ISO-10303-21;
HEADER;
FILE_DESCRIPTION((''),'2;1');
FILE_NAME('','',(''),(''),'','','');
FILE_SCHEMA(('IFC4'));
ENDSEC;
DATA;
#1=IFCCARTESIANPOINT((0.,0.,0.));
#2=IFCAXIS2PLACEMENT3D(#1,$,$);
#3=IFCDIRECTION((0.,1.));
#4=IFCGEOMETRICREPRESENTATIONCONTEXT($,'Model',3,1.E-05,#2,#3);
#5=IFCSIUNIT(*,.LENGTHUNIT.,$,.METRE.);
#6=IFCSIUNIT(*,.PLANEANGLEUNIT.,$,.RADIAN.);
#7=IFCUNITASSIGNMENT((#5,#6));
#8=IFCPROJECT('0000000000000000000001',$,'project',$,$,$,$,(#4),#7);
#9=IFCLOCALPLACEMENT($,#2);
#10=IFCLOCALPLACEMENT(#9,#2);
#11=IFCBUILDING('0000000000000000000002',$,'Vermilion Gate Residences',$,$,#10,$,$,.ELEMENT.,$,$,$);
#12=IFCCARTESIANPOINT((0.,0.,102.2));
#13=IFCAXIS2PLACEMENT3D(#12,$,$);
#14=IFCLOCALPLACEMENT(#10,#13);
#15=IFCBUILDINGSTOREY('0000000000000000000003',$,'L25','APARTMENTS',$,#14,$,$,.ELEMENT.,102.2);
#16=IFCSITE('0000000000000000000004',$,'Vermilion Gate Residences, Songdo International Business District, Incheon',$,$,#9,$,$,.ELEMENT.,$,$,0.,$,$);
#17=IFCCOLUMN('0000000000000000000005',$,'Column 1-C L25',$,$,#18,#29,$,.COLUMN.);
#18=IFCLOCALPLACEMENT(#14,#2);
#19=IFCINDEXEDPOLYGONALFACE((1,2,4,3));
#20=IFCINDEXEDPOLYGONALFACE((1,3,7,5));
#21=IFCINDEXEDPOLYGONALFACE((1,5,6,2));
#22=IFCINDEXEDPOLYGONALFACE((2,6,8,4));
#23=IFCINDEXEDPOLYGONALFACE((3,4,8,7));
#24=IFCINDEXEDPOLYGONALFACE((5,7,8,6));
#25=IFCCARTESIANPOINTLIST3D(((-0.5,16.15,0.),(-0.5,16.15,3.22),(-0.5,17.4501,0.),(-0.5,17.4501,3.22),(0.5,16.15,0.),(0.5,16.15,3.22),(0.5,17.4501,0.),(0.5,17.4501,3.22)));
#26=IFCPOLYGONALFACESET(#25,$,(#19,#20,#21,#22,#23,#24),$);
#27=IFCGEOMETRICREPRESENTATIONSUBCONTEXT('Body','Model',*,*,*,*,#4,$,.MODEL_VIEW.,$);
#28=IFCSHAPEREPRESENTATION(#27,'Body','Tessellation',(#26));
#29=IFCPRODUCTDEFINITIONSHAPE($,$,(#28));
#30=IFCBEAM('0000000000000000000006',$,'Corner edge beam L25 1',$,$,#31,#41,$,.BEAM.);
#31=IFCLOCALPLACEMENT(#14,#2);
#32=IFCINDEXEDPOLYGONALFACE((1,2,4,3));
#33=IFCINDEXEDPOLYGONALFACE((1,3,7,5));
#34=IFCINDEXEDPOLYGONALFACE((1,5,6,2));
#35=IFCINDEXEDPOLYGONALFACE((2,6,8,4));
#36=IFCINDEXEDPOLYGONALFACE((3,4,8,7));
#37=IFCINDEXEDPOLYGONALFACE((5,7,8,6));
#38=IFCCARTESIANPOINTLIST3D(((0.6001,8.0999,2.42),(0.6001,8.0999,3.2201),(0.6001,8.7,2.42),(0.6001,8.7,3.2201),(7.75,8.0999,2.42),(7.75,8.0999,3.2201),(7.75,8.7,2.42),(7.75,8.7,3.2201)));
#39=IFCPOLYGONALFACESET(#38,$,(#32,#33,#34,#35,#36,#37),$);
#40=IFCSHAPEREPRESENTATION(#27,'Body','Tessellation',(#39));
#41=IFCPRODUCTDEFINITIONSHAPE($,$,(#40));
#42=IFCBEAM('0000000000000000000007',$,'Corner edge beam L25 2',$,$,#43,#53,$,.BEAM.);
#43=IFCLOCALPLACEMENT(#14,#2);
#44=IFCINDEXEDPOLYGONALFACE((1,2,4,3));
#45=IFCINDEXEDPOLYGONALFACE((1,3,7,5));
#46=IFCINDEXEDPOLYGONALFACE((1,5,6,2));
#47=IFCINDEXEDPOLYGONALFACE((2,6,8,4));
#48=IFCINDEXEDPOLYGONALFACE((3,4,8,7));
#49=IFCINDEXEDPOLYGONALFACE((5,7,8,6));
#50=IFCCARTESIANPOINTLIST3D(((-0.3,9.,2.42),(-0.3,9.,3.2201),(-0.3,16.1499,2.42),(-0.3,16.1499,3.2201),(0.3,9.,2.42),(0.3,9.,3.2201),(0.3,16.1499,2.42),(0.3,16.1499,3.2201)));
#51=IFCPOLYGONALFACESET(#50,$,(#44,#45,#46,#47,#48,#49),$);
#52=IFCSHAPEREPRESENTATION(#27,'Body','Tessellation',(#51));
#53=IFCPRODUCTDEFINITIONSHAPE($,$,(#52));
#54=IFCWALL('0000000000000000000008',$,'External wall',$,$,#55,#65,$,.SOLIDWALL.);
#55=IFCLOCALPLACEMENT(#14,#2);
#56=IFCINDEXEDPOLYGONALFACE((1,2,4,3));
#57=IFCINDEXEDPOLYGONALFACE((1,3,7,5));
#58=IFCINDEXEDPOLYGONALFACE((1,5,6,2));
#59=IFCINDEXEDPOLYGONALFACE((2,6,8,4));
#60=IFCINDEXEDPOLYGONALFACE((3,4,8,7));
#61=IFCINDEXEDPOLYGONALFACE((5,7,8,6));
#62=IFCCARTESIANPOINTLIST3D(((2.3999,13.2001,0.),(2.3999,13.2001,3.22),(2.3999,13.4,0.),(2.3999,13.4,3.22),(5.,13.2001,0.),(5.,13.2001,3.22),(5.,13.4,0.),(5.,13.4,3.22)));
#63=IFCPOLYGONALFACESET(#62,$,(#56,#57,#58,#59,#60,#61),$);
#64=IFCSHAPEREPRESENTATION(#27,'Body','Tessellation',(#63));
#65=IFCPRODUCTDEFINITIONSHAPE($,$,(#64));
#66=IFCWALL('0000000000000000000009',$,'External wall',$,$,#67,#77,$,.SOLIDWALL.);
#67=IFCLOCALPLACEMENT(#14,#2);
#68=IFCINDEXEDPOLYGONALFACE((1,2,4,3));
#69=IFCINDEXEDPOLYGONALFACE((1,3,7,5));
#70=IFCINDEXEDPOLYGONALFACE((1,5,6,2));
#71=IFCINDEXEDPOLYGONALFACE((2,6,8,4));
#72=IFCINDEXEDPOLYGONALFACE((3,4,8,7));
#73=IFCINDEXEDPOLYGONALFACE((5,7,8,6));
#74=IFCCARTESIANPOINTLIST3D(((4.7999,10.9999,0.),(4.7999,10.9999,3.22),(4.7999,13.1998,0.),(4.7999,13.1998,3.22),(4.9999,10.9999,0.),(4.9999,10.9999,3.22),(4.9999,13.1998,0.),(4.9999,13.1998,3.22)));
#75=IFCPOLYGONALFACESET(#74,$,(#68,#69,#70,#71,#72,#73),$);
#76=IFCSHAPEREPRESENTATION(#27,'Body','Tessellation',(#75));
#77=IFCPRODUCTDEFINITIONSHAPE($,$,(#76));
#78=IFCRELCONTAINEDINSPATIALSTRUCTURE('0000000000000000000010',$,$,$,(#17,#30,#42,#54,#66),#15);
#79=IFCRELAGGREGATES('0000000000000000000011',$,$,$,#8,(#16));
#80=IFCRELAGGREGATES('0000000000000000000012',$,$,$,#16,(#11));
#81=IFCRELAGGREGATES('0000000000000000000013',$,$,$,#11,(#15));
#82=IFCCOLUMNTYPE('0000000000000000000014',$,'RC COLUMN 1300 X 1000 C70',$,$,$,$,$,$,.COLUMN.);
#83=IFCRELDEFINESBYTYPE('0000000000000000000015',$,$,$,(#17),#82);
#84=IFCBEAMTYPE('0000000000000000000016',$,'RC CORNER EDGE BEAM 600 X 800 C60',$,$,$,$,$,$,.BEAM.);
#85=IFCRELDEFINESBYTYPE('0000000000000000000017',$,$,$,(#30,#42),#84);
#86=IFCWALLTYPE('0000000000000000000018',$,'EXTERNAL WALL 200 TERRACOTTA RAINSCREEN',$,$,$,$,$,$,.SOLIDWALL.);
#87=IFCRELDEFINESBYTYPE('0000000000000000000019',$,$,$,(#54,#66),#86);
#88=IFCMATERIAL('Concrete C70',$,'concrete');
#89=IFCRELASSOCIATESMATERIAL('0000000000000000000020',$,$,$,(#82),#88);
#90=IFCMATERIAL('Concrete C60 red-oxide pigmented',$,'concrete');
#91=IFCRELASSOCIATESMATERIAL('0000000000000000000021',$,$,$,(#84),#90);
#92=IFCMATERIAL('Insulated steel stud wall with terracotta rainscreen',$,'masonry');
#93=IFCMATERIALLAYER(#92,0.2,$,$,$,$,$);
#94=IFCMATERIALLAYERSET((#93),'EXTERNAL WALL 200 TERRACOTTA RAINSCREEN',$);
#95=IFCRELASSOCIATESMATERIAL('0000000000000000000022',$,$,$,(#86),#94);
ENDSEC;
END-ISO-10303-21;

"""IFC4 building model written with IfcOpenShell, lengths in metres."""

from ifc_helpers import new_model, si_unit, direction, frame, frame_2d, origin, origin_2d, place, context, subcontext, project, spatial, rectangle, extrude, material, layer, layer_set, material_profile, profile_set, type_object, element, save


model = new_model("IFC4")

# Units and contexts
model_context = context("Model", 3, precision=1e-05, world=origin(), true_north=direction((0.0, 1.0)))
body_context = subcontext(model_context, "Body", "Model", "MODEL_VIEW")
ifc_project = project(units=[si_unit("LENGTHUNIT", "METRE"), si_unit("PLANEANGLEUNIT", "RADIAN")], contexts=[model_context])

# Site, building, storey
site_placement = place(None, origin())
site = spatial("IfcSite", under=ifc_project, at=site_placement, Name="Vermilion Gate Residences, Songdo International Business District, Incheon", CompositionType="ELEMENT", RefElevation=0.0)
building_placement = place(site_placement, origin())
building = spatial("IfcBuilding", under=site, at=building_placement, Name="Vermilion Gate Residences", CompositionType="ELEMENT")
storey_placement = place(building_placement, frame((0.0, 0.0, 102.2)))
storey = spatial("IfcBuildingStorey", under=building, at=storey_placement, Name="L25", Description="APARTMENTS", CompositionType="ELEMENT", Elevation=102.2)

# Column
ifc_material_1 = material(Name="Concrete C70", Category="concrete")
ifc_material_profile_1 = material_profile(ifc_material_1, rectangle(XDim=1.3, YDim=1.0, at=origin_2d()), Name="RC-1300x1000")
ifc_profile_set_1 = profile_set([ifc_material_profile_1], Name="Concrete C70")
column_type = type_object("IfcColumnType", Name="RC COLUMN 1300 X 1000 C70", PredefinedType="COLUMN", material=ifc_profile_set_1)
column_placement = place(storey_placement, frame((0.0, 16.8, 0.0), z_axis=(0.0, 0.0, 1.0), x_axis=(0.0, 1.0, 0.0)))
element("IfcColumn", 1, at=column_placement, inside=storey, type_object=column_type, Name="Column 1-C L25", PredefinedType="COLUMN", context=body_context, shape_type="SweptSolid", body=[
    extrude(rectangle(XDim=1.3, YDim=1.0, at=origin_2d()), origin(), (0.0, 0.0, 1.0), 3.22),
])

# Beams
ifc_material_2 = material(Name="Concrete C60 red-oxide pigmented", Category="concrete")
ifc_material_profile_2 = material_profile(ifc_material_2, rectangle(XDim=0.6001, YDim=0.8, at=origin_2d()), Name="RC-600x800")
ifc_profile_set_2 = profile_set([ifc_material_profile_2], Name="Concrete C60 red-oxide pigmented")
beam_type = type_object("IfcBeamType", Name="RC CORNER EDGE BEAM 600 X 800 C60", PredefinedType="BEAM", material=ifc_profile_set_2)
for number, where, z_axis, x_axis, name in (
    (2, (0.6001, 8.3999, 2.8201), (1.0, 0.0, 0.0), (0.0, 1.0, 0.0), "Corner edge beam L25 1"),
    (3, (0.0, 9.0, 2.8201), (0.0, 1.0, 0.0), (-1.0, 0.0, 0.0), "Corner edge beam L25 2"),
):
    element("IfcBeam", number, at=place(storey_placement, frame(where, z_axis=z_axis, x_axis=x_axis)), inside=storey, type_object=beam_type, Name=name, PredefinedType="BEAM", context=body_context, shape_type="SweptSolid", body=[
        extrude(rectangle(XDim=0.6001, YDim=0.8, at=origin_2d()), origin(), (0.0, 0.0, 1.0), 7.1499),
    ])

# Walls
ifc_material_3 = material(Name="Insulated steel stud wall with terracotta rainscreen", Category="masonry")
ifc_layer = layer(ifc_material_3, 0.2)
ifc_layer_set = layer_set([ifc_layer], Name="EXTERNAL WALL 200 TERRACOTTA RAINSCREEN")
wall_type = type_object("IfcWallType", Name="EXTERNAL WALL 200 TERRACOTTA RAINSCREEN", PredefinedType="SOLIDWALL", material=ifc_layer_set)
wall_1_placement = place(storey_placement, frame((2.3999, 13.3, 0.0), z_axis=(0.0, 0.0, 1.0), x_axis=(1.0, 0.0, 0.0)))
element("IfcWall", 4, at=wall_1_placement, inside=storey, type_object=wall_type, Name="External wall", PredefinedType="SOLIDWALL", context=body_context, shape_type="SweptSolid", body=[
    extrude(rectangle(XDim=2.6001, YDim=0.2, at=frame_2d((1.3, 0.0))), origin(), (0.0, 0.0, 1.0), 3.22),
])
wall_2_placement = place(storey_placement, frame((4.8999, 13.2, 0.0), z_axis=(0.0, 0.0, 1.0), x_axis=(0.0, -1.0, 0.0)))
element("IfcWall", 5, at=wall_2_placement, inside=storey, type_object=wall_type, Name="External wall", PredefinedType="SOLIDWALL", context=body_context, shape_type="SweptSolid", body=[
    extrude(rectangle(XDim=2.2, YDim=0.2, at=frame_2d((1.1001, 0.0))), origin(), (0.0, 0.0, 1.0), 3.22),
])

save(model, "model.ifc")
